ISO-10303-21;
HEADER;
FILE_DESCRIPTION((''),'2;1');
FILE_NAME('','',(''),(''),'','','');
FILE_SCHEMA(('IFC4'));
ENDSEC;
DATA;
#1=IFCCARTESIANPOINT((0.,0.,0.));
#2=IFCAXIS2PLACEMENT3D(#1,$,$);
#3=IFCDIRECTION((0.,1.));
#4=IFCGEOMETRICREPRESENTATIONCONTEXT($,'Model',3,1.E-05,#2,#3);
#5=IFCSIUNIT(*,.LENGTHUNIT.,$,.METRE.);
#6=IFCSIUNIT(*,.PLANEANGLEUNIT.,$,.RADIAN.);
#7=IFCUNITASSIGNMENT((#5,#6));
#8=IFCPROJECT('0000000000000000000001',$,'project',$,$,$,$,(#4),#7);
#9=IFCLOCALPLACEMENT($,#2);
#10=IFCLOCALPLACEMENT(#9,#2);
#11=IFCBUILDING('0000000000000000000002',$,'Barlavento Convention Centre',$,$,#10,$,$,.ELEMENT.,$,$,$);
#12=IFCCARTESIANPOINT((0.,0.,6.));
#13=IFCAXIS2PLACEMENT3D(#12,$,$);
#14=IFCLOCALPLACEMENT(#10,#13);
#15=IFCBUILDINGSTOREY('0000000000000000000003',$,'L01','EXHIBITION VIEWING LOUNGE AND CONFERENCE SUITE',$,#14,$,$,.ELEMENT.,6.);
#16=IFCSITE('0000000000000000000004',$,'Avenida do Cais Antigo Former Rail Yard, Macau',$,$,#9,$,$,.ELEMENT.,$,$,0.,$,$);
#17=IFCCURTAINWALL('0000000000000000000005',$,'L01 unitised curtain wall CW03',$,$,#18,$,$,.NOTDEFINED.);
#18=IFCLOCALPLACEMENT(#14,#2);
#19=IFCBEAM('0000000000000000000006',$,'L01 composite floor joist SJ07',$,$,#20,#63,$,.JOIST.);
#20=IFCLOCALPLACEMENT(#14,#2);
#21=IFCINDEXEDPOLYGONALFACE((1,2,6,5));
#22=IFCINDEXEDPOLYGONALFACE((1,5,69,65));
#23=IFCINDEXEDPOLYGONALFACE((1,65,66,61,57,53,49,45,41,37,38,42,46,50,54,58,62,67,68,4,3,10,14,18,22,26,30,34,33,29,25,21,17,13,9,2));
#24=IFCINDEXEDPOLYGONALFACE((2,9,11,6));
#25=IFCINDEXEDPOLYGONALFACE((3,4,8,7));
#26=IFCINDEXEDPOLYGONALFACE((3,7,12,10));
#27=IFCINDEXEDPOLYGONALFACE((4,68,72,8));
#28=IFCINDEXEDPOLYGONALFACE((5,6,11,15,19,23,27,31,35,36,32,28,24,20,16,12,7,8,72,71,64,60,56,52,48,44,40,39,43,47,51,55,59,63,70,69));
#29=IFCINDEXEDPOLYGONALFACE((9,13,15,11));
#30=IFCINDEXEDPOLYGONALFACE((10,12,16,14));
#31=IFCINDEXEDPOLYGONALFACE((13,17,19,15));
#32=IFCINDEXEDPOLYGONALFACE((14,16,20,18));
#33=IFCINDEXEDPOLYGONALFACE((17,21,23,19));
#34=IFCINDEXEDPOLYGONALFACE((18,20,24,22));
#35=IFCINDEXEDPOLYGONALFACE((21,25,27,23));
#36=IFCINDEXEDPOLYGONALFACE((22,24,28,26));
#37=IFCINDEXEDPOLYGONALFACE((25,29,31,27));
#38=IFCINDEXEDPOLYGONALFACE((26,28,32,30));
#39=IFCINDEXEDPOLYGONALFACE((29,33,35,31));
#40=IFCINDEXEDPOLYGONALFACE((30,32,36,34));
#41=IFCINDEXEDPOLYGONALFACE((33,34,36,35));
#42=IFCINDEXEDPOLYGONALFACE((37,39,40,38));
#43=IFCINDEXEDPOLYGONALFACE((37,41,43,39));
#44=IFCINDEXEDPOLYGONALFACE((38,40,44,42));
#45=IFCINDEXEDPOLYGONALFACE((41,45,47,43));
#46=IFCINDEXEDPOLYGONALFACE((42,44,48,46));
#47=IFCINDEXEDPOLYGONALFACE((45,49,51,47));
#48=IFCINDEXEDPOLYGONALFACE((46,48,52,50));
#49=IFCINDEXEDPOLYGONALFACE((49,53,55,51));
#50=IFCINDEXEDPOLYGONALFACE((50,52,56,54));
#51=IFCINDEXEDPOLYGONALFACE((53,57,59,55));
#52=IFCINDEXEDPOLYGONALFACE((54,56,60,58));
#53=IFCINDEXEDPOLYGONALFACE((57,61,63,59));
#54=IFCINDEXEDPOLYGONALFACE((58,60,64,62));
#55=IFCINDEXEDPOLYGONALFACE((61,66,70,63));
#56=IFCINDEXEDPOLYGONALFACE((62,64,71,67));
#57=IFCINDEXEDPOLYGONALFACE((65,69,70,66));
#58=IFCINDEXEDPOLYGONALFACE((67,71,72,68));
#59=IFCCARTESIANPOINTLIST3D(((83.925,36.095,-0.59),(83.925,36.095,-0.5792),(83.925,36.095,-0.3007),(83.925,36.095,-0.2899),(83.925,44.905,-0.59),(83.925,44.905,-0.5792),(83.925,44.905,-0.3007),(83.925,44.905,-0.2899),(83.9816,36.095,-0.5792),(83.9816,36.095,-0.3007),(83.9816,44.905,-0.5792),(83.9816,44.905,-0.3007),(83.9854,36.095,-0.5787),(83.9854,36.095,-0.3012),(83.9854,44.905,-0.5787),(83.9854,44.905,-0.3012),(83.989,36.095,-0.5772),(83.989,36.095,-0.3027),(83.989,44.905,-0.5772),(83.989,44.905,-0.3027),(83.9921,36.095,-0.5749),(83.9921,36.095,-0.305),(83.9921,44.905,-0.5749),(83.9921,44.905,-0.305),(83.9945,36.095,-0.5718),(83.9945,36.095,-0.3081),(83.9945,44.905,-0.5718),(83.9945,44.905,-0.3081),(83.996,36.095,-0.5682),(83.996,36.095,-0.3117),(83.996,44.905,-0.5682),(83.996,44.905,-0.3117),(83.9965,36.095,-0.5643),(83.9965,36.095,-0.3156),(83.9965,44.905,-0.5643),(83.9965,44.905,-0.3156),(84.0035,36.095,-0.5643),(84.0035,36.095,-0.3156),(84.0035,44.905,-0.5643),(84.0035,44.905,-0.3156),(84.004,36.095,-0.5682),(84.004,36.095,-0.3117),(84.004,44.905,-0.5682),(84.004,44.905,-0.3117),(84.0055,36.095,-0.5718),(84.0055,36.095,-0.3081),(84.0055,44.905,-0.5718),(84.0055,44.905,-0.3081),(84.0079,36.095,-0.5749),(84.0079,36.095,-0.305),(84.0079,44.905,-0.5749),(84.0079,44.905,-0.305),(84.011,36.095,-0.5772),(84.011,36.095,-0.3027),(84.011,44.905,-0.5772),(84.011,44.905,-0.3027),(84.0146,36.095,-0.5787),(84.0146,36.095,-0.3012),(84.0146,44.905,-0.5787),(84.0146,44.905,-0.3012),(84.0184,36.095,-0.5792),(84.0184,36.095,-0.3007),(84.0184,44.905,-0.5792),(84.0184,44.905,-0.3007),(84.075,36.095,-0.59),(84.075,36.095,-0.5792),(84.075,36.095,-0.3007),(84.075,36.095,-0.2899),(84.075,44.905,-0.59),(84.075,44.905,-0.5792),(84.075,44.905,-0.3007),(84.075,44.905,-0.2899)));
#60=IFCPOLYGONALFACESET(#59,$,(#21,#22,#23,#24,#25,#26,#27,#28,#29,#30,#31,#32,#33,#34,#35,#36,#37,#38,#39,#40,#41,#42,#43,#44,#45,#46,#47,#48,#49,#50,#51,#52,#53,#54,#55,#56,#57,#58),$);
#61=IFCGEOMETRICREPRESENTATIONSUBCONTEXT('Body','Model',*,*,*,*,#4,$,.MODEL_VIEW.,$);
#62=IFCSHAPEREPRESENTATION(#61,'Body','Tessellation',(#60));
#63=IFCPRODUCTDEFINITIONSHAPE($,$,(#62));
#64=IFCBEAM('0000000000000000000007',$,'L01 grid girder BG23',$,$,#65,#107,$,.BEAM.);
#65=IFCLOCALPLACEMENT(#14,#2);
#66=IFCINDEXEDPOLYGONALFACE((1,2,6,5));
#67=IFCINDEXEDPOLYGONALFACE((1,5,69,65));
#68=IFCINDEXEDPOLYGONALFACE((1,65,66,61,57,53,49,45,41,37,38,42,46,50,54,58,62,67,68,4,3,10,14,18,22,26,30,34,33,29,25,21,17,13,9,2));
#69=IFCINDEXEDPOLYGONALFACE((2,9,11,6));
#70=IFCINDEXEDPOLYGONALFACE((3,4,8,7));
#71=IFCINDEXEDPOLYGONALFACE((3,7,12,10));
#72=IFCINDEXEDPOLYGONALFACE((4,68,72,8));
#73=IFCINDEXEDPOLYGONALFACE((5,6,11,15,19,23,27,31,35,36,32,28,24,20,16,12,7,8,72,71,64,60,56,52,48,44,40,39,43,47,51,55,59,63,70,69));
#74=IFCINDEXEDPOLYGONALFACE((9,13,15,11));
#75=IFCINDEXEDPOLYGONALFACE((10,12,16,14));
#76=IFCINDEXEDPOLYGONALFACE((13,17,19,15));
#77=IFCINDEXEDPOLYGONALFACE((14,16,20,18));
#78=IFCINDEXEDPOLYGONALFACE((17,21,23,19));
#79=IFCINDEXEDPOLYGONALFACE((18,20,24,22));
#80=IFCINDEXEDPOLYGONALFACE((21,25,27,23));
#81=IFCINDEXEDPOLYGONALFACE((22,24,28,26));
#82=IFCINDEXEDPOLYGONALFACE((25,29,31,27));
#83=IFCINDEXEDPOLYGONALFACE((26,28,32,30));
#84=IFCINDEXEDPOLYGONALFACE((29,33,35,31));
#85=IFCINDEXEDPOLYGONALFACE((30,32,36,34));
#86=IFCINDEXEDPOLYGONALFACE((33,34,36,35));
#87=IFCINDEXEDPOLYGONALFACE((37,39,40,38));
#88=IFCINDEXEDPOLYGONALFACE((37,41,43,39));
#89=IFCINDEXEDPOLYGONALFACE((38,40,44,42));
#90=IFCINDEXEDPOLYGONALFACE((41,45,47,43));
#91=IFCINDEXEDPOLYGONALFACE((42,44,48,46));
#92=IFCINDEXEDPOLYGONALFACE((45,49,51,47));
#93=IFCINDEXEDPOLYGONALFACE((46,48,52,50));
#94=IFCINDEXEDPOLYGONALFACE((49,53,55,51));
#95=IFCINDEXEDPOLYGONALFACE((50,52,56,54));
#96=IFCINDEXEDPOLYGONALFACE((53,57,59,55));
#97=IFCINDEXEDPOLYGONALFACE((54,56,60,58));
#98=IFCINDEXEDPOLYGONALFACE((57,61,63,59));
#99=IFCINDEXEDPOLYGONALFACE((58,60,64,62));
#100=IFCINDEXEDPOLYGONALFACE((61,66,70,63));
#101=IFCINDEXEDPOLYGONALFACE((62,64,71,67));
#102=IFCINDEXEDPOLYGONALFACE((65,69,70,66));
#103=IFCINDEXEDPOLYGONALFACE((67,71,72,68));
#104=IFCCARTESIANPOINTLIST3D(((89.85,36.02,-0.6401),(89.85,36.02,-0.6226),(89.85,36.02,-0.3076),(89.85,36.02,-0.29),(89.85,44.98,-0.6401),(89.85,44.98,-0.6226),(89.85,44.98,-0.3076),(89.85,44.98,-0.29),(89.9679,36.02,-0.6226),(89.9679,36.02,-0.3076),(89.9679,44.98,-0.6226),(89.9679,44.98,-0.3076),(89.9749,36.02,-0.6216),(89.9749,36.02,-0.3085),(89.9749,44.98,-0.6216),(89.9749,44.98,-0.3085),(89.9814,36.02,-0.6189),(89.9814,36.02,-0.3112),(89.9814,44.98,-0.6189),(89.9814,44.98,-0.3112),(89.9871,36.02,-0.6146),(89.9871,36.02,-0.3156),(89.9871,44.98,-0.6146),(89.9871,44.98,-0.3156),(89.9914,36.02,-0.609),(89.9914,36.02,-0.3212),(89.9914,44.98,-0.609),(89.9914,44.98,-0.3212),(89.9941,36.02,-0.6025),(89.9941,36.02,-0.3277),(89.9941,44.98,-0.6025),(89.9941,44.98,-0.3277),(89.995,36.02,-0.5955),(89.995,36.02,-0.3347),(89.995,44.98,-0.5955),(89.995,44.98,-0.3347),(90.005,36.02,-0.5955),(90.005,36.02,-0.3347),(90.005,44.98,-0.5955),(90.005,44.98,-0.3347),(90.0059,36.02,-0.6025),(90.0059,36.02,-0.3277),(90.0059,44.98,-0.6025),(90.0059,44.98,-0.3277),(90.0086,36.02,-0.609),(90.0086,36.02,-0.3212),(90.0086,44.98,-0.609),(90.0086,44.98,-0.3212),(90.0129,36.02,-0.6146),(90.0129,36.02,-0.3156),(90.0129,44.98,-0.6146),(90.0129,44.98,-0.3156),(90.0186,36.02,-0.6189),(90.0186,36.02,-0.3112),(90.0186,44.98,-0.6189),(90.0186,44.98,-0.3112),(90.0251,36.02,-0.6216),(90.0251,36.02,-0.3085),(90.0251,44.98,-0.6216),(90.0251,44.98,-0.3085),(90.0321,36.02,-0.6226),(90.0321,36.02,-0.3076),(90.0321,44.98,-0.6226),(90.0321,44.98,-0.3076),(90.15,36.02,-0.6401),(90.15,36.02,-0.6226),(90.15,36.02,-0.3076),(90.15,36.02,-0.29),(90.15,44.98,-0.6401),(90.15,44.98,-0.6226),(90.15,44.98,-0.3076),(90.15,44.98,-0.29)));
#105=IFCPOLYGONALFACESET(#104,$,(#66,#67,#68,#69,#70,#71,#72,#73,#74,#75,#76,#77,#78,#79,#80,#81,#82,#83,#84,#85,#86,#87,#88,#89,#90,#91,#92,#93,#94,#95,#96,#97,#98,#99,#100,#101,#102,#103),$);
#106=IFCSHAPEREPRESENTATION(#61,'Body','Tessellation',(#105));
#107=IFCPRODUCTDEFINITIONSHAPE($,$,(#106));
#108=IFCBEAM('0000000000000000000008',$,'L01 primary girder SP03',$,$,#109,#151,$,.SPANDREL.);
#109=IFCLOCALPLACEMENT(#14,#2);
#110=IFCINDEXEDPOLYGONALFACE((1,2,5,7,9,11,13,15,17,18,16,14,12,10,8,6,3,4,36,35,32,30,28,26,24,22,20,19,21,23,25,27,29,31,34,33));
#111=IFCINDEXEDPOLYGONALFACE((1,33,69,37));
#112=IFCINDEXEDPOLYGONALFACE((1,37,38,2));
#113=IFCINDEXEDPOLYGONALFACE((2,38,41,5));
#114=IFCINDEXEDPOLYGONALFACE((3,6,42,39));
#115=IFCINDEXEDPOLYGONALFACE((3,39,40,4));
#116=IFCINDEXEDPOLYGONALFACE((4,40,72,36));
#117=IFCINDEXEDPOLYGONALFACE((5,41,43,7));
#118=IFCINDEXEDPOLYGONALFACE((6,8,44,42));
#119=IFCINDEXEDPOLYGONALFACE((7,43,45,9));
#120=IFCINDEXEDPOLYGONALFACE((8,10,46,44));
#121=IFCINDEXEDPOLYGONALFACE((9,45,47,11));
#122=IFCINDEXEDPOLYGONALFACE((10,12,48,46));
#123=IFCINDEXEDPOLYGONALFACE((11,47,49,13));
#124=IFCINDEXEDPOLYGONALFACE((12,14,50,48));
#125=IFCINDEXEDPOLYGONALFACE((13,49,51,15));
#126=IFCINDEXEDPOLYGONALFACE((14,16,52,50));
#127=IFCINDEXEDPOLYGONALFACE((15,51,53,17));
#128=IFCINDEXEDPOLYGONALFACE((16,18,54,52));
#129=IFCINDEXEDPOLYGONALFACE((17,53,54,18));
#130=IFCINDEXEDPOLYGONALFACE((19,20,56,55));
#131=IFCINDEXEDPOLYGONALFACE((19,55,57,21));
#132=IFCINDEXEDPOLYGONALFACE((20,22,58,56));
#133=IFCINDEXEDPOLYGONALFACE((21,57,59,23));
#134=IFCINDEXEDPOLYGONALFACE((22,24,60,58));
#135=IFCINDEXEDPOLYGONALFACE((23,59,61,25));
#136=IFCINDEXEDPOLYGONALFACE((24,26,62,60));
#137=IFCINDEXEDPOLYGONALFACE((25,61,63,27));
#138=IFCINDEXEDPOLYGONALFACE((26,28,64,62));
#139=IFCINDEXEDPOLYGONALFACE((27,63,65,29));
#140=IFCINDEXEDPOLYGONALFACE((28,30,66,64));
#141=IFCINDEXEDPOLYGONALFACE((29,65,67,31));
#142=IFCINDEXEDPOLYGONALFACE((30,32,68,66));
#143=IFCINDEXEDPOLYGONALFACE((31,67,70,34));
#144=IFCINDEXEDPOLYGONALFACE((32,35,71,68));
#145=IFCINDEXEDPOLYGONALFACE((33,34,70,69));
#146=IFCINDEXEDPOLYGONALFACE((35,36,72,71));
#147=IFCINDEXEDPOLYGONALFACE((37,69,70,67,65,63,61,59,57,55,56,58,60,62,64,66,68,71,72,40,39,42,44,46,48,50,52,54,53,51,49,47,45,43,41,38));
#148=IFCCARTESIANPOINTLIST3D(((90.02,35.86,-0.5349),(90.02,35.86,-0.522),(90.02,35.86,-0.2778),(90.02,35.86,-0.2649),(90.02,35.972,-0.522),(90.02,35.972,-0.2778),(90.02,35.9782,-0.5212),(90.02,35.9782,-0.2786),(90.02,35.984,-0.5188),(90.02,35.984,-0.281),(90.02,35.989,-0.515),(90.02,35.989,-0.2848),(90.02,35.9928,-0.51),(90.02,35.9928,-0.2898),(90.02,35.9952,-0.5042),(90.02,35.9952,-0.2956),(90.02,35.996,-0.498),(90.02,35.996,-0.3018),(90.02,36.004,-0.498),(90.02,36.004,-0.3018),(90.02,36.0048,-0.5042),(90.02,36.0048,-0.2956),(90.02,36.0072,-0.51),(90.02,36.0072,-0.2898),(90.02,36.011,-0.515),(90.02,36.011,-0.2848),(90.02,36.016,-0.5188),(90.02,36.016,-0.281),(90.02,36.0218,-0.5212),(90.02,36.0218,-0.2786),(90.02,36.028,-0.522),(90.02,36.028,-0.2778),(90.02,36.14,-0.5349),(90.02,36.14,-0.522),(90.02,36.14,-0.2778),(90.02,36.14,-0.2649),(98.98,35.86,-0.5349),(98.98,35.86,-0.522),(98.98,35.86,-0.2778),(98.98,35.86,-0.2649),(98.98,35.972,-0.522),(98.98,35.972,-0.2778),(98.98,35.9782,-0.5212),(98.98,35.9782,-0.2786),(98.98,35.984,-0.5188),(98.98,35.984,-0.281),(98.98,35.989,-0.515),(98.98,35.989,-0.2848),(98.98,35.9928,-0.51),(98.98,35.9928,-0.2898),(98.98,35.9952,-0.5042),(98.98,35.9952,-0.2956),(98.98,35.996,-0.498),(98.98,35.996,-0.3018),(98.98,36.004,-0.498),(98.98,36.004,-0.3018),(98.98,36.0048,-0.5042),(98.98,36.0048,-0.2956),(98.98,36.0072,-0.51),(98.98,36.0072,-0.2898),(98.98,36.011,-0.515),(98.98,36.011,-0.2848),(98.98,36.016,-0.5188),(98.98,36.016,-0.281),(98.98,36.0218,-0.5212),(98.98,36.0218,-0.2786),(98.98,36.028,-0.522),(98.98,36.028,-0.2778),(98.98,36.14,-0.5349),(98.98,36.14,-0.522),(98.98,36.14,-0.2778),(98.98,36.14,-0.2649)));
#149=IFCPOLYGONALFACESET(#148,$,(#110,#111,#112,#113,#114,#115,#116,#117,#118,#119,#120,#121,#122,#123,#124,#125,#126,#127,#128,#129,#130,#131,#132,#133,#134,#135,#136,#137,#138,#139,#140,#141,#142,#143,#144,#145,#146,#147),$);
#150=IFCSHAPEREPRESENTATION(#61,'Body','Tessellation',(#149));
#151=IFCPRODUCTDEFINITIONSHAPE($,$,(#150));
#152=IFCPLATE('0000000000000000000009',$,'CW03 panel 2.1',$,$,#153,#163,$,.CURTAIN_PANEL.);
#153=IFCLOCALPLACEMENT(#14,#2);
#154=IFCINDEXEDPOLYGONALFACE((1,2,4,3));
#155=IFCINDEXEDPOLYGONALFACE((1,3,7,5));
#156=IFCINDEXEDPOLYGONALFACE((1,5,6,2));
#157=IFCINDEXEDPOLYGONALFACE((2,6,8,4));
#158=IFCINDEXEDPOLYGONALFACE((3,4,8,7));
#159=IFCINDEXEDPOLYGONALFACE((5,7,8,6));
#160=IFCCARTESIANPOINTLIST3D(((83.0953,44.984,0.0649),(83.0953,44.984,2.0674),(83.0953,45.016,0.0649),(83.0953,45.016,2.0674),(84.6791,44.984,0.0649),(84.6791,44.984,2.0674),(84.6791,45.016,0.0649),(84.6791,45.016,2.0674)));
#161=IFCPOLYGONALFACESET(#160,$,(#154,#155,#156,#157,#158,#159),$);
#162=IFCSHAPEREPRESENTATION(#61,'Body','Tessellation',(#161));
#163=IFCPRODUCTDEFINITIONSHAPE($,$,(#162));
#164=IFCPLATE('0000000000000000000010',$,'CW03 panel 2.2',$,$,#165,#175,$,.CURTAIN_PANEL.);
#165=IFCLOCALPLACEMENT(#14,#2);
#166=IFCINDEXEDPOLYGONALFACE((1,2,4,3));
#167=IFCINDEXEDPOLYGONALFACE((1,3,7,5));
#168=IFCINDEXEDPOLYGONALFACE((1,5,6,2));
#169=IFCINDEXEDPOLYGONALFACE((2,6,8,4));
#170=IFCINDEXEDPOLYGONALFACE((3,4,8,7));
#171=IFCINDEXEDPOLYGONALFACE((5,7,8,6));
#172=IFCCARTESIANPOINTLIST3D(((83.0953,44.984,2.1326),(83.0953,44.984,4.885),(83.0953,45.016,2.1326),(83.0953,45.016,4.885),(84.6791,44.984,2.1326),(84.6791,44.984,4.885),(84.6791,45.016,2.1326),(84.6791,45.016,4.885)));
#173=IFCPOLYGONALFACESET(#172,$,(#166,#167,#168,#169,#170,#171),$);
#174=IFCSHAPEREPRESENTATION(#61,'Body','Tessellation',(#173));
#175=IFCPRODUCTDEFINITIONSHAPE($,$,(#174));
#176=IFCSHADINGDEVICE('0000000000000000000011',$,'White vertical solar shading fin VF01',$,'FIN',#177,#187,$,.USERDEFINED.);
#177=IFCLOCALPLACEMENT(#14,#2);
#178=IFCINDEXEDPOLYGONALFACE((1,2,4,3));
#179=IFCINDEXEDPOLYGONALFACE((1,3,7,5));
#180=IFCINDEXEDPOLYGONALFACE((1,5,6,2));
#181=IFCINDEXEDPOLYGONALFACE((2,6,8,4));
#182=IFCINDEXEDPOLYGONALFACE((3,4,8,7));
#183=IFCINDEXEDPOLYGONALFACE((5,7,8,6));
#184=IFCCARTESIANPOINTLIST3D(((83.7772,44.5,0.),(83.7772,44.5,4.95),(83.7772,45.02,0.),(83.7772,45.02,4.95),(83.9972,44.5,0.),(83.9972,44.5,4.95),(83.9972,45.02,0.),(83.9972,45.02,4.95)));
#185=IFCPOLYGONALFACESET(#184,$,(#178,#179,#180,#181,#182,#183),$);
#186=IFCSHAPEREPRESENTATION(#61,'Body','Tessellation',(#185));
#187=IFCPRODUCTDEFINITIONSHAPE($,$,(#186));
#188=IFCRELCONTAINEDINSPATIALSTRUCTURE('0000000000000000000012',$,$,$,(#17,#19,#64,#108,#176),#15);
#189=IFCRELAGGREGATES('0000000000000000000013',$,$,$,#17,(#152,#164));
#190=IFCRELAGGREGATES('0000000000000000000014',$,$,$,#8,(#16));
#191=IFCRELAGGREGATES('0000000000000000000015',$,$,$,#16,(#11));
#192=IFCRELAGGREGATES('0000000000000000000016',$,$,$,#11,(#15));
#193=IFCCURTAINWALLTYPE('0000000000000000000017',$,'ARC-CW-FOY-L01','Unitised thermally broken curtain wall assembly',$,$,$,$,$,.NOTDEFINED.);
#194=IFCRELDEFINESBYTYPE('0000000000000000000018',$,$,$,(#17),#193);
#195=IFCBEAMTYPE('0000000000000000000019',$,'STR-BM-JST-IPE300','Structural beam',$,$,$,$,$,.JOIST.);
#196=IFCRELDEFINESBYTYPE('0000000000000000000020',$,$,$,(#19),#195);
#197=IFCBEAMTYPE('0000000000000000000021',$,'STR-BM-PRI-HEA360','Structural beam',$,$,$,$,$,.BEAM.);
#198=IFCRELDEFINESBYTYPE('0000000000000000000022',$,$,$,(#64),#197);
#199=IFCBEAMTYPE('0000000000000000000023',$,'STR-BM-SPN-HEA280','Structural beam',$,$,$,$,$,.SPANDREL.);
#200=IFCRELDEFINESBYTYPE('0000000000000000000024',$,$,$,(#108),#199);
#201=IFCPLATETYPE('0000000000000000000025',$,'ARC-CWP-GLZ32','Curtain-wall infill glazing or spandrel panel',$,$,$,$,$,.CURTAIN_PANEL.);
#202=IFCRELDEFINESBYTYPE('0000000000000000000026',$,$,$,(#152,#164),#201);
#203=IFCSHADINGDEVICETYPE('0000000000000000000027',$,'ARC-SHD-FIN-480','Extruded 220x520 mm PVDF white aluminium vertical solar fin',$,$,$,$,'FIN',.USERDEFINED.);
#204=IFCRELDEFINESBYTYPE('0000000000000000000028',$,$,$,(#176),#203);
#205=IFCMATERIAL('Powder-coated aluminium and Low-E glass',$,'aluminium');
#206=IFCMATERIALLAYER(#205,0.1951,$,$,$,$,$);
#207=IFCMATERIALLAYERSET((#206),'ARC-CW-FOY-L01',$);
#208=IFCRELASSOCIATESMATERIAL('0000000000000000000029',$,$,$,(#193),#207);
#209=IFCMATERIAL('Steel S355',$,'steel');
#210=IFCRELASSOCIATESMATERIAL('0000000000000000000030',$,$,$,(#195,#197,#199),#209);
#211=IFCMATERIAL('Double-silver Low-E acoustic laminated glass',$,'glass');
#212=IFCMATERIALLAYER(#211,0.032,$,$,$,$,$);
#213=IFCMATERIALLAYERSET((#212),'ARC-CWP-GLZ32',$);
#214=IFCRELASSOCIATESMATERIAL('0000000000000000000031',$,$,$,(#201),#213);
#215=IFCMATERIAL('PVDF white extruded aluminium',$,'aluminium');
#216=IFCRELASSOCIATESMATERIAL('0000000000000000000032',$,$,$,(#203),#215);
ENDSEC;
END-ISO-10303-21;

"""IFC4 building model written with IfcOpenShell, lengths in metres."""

from ifc_helpers import new_model, si_unit, direction, frame, origin, origin_2d, place, context, subcontext, project, spatial, rectangle, i_section, extrude, material, layer, layer_set, material_profile, profile_set, type_object, element, aggregate, save


model = new_model("IFC4")

# Units and contexts
model_context = context("Model", 3, precision=1e-05, world=origin(), true_north=direction((0.0, 1.0)))
body_context = subcontext(model_context, "Body", "Model", "MODEL_VIEW")
ifc_project = project(units=[si_unit("LENGTHUNIT", "METRE"), si_unit("PLANEANGLEUNIT", "RADIAN")], contexts=[model_context])

# Site, building, storey
site_placement = place(None, origin())
site = spatial("IfcSite", under=ifc_project, at=site_placement, Name="Avenida do Cais Antigo Former Rail Yard, Macau", CompositionType="ELEMENT", RefElevation=0.0)
building_placement = place(site_placement, origin())
building = spatial("IfcBuilding", under=site, at=building_placement, Name="Barlavento Convention Centre", CompositionType="ELEMENT")
storey_placement = place(building_placement, frame((0.0, 0.0, 6.0)))
storey = spatial("IfcBuildingStorey", under=building, at=storey_placement, Name="L01", Description="EXHIBITION VIEWING LOUNGE AND CONFERENCE SUITE", CompositionType="ELEMENT", Elevation=6.0)

# Curtain wall
ifc_material_1 = material(Name="Powder-coated aluminium and Low-E glass", Category="aluminium")
ifc_layer_1 = layer(ifc_material_1, 0.1951)
ifc_layer_set_1 = layer_set([ifc_layer_1], Name="ARC-CW-FOY-L01")
curtain_wall_type = type_object("IfcCurtainWallType", Name="ARC-CW-FOY-L01", Description="Unitised thermally broken curtain wall assembly", PredefinedType="NOTDEFINED", material=ifc_layer_set_1)
curtain_wall_placement = place(storey_placement, origin())
curtain_wall = element("IfcCurtainWall", 1, at=curtain_wall_placement, inside=storey, type_object=curtain_wall_type, Name="L01 unitised curtain wall CW03", PredefinedType="NOTDEFINED")

# Beams
ifc_material_2 = material(Name="Steel S355", Category="steel")
ifc_material_profile_1 = material_profile(ifc_material_2, i_section(OverallWidth=0.1499, OverallDepth=0.3, WebThickness=0.0071, FlangeThickness=0.0107, FilletRadius=0.0149, at=origin_2d()), Name="IPE 300")
ifc_profile_set_1 = profile_set([ifc_material_profile_1], Name="Steel S355")
beam_type_1 = type_object("IfcBeamType", Name="STR-BM-JST-IPE300", Description="Structural beam", PredefinedType="JOIST", material=ifc_profile_set_1)
beam_1_placement = place(storey_placement, frame((84.0, 36.095, -0.4399), z_axis=(0.0, 1.0, 0.0), x_axis=(-1.0, 0.0, 0.0)))
element("IfcBeam", 2, at=beam_1_placement, inside=storey, type_object=beam_type_1, Name="L01 composite floor joist SJ07", PredefinedType="JOIST", context=body_context, shape_type="SweptSolid", body=[
    extrude(i_section(OverallWidth=0.1499, OverallDepth=0.3, WebThickness=0.0071, FlangeThickness=0.0107, FilletRadius=0.0149, at=origin_2d()), origin(), (0.0, 0.0, 1.0), 8.8101),
])
ifc_material_profile_2 = material_profile(ifc_material_2, i_section(OverallWidth=0.3, OverallDepth=0.3501, WebThickness=0.01, FlangeThickness=0.0176, FilletRadius=0.0271, at=origin_2d()), Name="HEA 360")
ifc_profile_set_2 = profile_set([ifc_material_profile_2], Name="Steel S355")
beam_type_2 = type_object("IfcBeamType", Name="STR-BM-PRI-HEA360", Description="Structural beam", PredefinedType="BEAM", material=ifc_profile_set_2)
beam_2_placement = place(storey_placement, frame((90.0, 36.02, -0.4651), z_axis=(0.0, 1.0, 0.0), x_axis=(-1.0, 0.0, 0.0)))
element("IfcBeam", 3, at=beam_2_placement, inside=storey, type_object=beam_type_2, Name="L01 grid girder BG23", PredefinedType="BEAM", context=body_context, shape_type="SweptSolid", body=[
    extrude(i_section(OverallWidth=0.3, OverallDepth=0.3501, WebThickness=0.01, FlangeThickness=0.0176, FilletRadius=0.0271, at=origin_2d()), origin(), (0.0, 0.0, 1.0), 8.96),
])
ifc_material_profile_3 = material_profile(ifc_material_2, i_section(OverallWidth=0.28, OverallDepth=0.27, WebThickness=0.0081, FlangeThickness=0.0129, FilletRadius=0.0239, at=origin_2d()), Name="HEA 280")
ifc_profile_set_3 = profile_set([ifc_material_profile_3], Name="Steel S355")
beam_type_3 = type_object("IfcBeamType", Name="STR-BM-SPN-HEA280", Description="Structural beam", PredefinedType="SPANDREL", material=ifc_profile_set_3)
beam_3_placement = place(storey_placement, frame((90.02, 36.0, -0.3999), z_axis=(1.0, 0.0, 0.0), x_axis=(0.0, 1.0, 0.0)))
element("IfcBeam", 4, at=beam_3_placement, inside=storey, type_object=beam_type_3, Name="L01 primary girder SP03", PredefinedType="SPANDREL", context=body_context, shape_type="SweptSolid", body=[
    extrude(i_section(OverallWidth=0.28, OverallDepth=0.27, WebThickness=0.0081, FlangeThickness=0.0129, FilletRadius=0.0239, at=origin_2d()), origin(), (0.0, 0.0, 1.0), 8.96),
])

# Plates
ifc_material_3 = material(Name="Double-silver Low-E acoustic laminated glass", Category="glass")
ifc_layer_2 = layer(ifc_material_3, 0.032)
ifc_layer_set_2 = layer_set([ifc_layer_2], Name="ARC-CWP-GLZ32")
plate_type = type_object("IfcPlateType", Name="ARC-CWP-GLZ32", Description="Curtain-wall infill glazing or spandrel panel", PredefinedType="CURTAIN_PANEL", material=ifc_layer_set_2)
plate_1_placement = place(storey_placement, frame((83.8872, 45.0, 0.0649), z_axis=(0.0, 0.0, 1.0), x_axis=(1.0, 0.0, 0.0)))
plate_1 = element("IfcPlate", 5, at=plate_1_placement, type_object=plate_type, Name="CW03 panel 2.1", PredefinedType="CURTAIN_PANEL", context=body_context, shape_type="SweptSolid", body=[
    extrude(rectangle(XDim=1.5837, YDim=0.032, at=origin_2d()), origin(), (0.0, 0.0, 1.0), 2.0024),
])
plate_2_placement = place(storey_placement, frame((83.8872, 45.0, 2.1326), z_axis=(0.0, 0.0, 1.0), x_axis=(1.0, 0.0, 0.0)))
plate_2 = element("IfcPlate", 6, at=plate_2_placement, type_object=plate_type, Name="CW03 panel 2.2", PredefinedType="CURTAIN_PANEL", context=body_context, shape_type="SweptSolid", body=[
    extrude(rectangle(XDim=1.5837, YDim=0.032, at=origin_2d()), origin(), (0.0, 0.0, 1.0), 2.7524),
])
aggregate(curtain_wall, [plate_1, plate_2])

# Shading device
ifc_material_4 = material(Name="PVDF white extruded aluminium", Category="aluminium")
shading_device_type = type_object("IfcShadingDeviceType", Name="ARC-SHD-FIN-480", Description="Extruded 220x520 mm PVDF white aluminium vertical solar fin", ElementType="FIN", PredefinedType="USERDEFINED", material=ifc_material_4)
for number, where, z_axis, x_axis, name in (
    (7, (83.8872, 44.76, 0.0), (0.0, 0.0, 1.0), (1.0, 0.0, 0.0), "White vertical solar shading fin VF01"),
):
    element("IfcShadingDevice", number, at=place(storey_placement, frame(where, z_axis=z_axis, x_axis=x_axis)), inside=storey, type_object=shading_device_type, Name=name, ObjectType="FIN", PredefinedType="USERDEFINED", context=body_context, shape_type="SweptSolid", body=[
        extrude(rectangle(XDim=0.22, YDim=0.52, at=origin_2d()), origin(), (0.0, 0.0, 1.0), 4.95),
    ])

save(model, "model.ifc")
